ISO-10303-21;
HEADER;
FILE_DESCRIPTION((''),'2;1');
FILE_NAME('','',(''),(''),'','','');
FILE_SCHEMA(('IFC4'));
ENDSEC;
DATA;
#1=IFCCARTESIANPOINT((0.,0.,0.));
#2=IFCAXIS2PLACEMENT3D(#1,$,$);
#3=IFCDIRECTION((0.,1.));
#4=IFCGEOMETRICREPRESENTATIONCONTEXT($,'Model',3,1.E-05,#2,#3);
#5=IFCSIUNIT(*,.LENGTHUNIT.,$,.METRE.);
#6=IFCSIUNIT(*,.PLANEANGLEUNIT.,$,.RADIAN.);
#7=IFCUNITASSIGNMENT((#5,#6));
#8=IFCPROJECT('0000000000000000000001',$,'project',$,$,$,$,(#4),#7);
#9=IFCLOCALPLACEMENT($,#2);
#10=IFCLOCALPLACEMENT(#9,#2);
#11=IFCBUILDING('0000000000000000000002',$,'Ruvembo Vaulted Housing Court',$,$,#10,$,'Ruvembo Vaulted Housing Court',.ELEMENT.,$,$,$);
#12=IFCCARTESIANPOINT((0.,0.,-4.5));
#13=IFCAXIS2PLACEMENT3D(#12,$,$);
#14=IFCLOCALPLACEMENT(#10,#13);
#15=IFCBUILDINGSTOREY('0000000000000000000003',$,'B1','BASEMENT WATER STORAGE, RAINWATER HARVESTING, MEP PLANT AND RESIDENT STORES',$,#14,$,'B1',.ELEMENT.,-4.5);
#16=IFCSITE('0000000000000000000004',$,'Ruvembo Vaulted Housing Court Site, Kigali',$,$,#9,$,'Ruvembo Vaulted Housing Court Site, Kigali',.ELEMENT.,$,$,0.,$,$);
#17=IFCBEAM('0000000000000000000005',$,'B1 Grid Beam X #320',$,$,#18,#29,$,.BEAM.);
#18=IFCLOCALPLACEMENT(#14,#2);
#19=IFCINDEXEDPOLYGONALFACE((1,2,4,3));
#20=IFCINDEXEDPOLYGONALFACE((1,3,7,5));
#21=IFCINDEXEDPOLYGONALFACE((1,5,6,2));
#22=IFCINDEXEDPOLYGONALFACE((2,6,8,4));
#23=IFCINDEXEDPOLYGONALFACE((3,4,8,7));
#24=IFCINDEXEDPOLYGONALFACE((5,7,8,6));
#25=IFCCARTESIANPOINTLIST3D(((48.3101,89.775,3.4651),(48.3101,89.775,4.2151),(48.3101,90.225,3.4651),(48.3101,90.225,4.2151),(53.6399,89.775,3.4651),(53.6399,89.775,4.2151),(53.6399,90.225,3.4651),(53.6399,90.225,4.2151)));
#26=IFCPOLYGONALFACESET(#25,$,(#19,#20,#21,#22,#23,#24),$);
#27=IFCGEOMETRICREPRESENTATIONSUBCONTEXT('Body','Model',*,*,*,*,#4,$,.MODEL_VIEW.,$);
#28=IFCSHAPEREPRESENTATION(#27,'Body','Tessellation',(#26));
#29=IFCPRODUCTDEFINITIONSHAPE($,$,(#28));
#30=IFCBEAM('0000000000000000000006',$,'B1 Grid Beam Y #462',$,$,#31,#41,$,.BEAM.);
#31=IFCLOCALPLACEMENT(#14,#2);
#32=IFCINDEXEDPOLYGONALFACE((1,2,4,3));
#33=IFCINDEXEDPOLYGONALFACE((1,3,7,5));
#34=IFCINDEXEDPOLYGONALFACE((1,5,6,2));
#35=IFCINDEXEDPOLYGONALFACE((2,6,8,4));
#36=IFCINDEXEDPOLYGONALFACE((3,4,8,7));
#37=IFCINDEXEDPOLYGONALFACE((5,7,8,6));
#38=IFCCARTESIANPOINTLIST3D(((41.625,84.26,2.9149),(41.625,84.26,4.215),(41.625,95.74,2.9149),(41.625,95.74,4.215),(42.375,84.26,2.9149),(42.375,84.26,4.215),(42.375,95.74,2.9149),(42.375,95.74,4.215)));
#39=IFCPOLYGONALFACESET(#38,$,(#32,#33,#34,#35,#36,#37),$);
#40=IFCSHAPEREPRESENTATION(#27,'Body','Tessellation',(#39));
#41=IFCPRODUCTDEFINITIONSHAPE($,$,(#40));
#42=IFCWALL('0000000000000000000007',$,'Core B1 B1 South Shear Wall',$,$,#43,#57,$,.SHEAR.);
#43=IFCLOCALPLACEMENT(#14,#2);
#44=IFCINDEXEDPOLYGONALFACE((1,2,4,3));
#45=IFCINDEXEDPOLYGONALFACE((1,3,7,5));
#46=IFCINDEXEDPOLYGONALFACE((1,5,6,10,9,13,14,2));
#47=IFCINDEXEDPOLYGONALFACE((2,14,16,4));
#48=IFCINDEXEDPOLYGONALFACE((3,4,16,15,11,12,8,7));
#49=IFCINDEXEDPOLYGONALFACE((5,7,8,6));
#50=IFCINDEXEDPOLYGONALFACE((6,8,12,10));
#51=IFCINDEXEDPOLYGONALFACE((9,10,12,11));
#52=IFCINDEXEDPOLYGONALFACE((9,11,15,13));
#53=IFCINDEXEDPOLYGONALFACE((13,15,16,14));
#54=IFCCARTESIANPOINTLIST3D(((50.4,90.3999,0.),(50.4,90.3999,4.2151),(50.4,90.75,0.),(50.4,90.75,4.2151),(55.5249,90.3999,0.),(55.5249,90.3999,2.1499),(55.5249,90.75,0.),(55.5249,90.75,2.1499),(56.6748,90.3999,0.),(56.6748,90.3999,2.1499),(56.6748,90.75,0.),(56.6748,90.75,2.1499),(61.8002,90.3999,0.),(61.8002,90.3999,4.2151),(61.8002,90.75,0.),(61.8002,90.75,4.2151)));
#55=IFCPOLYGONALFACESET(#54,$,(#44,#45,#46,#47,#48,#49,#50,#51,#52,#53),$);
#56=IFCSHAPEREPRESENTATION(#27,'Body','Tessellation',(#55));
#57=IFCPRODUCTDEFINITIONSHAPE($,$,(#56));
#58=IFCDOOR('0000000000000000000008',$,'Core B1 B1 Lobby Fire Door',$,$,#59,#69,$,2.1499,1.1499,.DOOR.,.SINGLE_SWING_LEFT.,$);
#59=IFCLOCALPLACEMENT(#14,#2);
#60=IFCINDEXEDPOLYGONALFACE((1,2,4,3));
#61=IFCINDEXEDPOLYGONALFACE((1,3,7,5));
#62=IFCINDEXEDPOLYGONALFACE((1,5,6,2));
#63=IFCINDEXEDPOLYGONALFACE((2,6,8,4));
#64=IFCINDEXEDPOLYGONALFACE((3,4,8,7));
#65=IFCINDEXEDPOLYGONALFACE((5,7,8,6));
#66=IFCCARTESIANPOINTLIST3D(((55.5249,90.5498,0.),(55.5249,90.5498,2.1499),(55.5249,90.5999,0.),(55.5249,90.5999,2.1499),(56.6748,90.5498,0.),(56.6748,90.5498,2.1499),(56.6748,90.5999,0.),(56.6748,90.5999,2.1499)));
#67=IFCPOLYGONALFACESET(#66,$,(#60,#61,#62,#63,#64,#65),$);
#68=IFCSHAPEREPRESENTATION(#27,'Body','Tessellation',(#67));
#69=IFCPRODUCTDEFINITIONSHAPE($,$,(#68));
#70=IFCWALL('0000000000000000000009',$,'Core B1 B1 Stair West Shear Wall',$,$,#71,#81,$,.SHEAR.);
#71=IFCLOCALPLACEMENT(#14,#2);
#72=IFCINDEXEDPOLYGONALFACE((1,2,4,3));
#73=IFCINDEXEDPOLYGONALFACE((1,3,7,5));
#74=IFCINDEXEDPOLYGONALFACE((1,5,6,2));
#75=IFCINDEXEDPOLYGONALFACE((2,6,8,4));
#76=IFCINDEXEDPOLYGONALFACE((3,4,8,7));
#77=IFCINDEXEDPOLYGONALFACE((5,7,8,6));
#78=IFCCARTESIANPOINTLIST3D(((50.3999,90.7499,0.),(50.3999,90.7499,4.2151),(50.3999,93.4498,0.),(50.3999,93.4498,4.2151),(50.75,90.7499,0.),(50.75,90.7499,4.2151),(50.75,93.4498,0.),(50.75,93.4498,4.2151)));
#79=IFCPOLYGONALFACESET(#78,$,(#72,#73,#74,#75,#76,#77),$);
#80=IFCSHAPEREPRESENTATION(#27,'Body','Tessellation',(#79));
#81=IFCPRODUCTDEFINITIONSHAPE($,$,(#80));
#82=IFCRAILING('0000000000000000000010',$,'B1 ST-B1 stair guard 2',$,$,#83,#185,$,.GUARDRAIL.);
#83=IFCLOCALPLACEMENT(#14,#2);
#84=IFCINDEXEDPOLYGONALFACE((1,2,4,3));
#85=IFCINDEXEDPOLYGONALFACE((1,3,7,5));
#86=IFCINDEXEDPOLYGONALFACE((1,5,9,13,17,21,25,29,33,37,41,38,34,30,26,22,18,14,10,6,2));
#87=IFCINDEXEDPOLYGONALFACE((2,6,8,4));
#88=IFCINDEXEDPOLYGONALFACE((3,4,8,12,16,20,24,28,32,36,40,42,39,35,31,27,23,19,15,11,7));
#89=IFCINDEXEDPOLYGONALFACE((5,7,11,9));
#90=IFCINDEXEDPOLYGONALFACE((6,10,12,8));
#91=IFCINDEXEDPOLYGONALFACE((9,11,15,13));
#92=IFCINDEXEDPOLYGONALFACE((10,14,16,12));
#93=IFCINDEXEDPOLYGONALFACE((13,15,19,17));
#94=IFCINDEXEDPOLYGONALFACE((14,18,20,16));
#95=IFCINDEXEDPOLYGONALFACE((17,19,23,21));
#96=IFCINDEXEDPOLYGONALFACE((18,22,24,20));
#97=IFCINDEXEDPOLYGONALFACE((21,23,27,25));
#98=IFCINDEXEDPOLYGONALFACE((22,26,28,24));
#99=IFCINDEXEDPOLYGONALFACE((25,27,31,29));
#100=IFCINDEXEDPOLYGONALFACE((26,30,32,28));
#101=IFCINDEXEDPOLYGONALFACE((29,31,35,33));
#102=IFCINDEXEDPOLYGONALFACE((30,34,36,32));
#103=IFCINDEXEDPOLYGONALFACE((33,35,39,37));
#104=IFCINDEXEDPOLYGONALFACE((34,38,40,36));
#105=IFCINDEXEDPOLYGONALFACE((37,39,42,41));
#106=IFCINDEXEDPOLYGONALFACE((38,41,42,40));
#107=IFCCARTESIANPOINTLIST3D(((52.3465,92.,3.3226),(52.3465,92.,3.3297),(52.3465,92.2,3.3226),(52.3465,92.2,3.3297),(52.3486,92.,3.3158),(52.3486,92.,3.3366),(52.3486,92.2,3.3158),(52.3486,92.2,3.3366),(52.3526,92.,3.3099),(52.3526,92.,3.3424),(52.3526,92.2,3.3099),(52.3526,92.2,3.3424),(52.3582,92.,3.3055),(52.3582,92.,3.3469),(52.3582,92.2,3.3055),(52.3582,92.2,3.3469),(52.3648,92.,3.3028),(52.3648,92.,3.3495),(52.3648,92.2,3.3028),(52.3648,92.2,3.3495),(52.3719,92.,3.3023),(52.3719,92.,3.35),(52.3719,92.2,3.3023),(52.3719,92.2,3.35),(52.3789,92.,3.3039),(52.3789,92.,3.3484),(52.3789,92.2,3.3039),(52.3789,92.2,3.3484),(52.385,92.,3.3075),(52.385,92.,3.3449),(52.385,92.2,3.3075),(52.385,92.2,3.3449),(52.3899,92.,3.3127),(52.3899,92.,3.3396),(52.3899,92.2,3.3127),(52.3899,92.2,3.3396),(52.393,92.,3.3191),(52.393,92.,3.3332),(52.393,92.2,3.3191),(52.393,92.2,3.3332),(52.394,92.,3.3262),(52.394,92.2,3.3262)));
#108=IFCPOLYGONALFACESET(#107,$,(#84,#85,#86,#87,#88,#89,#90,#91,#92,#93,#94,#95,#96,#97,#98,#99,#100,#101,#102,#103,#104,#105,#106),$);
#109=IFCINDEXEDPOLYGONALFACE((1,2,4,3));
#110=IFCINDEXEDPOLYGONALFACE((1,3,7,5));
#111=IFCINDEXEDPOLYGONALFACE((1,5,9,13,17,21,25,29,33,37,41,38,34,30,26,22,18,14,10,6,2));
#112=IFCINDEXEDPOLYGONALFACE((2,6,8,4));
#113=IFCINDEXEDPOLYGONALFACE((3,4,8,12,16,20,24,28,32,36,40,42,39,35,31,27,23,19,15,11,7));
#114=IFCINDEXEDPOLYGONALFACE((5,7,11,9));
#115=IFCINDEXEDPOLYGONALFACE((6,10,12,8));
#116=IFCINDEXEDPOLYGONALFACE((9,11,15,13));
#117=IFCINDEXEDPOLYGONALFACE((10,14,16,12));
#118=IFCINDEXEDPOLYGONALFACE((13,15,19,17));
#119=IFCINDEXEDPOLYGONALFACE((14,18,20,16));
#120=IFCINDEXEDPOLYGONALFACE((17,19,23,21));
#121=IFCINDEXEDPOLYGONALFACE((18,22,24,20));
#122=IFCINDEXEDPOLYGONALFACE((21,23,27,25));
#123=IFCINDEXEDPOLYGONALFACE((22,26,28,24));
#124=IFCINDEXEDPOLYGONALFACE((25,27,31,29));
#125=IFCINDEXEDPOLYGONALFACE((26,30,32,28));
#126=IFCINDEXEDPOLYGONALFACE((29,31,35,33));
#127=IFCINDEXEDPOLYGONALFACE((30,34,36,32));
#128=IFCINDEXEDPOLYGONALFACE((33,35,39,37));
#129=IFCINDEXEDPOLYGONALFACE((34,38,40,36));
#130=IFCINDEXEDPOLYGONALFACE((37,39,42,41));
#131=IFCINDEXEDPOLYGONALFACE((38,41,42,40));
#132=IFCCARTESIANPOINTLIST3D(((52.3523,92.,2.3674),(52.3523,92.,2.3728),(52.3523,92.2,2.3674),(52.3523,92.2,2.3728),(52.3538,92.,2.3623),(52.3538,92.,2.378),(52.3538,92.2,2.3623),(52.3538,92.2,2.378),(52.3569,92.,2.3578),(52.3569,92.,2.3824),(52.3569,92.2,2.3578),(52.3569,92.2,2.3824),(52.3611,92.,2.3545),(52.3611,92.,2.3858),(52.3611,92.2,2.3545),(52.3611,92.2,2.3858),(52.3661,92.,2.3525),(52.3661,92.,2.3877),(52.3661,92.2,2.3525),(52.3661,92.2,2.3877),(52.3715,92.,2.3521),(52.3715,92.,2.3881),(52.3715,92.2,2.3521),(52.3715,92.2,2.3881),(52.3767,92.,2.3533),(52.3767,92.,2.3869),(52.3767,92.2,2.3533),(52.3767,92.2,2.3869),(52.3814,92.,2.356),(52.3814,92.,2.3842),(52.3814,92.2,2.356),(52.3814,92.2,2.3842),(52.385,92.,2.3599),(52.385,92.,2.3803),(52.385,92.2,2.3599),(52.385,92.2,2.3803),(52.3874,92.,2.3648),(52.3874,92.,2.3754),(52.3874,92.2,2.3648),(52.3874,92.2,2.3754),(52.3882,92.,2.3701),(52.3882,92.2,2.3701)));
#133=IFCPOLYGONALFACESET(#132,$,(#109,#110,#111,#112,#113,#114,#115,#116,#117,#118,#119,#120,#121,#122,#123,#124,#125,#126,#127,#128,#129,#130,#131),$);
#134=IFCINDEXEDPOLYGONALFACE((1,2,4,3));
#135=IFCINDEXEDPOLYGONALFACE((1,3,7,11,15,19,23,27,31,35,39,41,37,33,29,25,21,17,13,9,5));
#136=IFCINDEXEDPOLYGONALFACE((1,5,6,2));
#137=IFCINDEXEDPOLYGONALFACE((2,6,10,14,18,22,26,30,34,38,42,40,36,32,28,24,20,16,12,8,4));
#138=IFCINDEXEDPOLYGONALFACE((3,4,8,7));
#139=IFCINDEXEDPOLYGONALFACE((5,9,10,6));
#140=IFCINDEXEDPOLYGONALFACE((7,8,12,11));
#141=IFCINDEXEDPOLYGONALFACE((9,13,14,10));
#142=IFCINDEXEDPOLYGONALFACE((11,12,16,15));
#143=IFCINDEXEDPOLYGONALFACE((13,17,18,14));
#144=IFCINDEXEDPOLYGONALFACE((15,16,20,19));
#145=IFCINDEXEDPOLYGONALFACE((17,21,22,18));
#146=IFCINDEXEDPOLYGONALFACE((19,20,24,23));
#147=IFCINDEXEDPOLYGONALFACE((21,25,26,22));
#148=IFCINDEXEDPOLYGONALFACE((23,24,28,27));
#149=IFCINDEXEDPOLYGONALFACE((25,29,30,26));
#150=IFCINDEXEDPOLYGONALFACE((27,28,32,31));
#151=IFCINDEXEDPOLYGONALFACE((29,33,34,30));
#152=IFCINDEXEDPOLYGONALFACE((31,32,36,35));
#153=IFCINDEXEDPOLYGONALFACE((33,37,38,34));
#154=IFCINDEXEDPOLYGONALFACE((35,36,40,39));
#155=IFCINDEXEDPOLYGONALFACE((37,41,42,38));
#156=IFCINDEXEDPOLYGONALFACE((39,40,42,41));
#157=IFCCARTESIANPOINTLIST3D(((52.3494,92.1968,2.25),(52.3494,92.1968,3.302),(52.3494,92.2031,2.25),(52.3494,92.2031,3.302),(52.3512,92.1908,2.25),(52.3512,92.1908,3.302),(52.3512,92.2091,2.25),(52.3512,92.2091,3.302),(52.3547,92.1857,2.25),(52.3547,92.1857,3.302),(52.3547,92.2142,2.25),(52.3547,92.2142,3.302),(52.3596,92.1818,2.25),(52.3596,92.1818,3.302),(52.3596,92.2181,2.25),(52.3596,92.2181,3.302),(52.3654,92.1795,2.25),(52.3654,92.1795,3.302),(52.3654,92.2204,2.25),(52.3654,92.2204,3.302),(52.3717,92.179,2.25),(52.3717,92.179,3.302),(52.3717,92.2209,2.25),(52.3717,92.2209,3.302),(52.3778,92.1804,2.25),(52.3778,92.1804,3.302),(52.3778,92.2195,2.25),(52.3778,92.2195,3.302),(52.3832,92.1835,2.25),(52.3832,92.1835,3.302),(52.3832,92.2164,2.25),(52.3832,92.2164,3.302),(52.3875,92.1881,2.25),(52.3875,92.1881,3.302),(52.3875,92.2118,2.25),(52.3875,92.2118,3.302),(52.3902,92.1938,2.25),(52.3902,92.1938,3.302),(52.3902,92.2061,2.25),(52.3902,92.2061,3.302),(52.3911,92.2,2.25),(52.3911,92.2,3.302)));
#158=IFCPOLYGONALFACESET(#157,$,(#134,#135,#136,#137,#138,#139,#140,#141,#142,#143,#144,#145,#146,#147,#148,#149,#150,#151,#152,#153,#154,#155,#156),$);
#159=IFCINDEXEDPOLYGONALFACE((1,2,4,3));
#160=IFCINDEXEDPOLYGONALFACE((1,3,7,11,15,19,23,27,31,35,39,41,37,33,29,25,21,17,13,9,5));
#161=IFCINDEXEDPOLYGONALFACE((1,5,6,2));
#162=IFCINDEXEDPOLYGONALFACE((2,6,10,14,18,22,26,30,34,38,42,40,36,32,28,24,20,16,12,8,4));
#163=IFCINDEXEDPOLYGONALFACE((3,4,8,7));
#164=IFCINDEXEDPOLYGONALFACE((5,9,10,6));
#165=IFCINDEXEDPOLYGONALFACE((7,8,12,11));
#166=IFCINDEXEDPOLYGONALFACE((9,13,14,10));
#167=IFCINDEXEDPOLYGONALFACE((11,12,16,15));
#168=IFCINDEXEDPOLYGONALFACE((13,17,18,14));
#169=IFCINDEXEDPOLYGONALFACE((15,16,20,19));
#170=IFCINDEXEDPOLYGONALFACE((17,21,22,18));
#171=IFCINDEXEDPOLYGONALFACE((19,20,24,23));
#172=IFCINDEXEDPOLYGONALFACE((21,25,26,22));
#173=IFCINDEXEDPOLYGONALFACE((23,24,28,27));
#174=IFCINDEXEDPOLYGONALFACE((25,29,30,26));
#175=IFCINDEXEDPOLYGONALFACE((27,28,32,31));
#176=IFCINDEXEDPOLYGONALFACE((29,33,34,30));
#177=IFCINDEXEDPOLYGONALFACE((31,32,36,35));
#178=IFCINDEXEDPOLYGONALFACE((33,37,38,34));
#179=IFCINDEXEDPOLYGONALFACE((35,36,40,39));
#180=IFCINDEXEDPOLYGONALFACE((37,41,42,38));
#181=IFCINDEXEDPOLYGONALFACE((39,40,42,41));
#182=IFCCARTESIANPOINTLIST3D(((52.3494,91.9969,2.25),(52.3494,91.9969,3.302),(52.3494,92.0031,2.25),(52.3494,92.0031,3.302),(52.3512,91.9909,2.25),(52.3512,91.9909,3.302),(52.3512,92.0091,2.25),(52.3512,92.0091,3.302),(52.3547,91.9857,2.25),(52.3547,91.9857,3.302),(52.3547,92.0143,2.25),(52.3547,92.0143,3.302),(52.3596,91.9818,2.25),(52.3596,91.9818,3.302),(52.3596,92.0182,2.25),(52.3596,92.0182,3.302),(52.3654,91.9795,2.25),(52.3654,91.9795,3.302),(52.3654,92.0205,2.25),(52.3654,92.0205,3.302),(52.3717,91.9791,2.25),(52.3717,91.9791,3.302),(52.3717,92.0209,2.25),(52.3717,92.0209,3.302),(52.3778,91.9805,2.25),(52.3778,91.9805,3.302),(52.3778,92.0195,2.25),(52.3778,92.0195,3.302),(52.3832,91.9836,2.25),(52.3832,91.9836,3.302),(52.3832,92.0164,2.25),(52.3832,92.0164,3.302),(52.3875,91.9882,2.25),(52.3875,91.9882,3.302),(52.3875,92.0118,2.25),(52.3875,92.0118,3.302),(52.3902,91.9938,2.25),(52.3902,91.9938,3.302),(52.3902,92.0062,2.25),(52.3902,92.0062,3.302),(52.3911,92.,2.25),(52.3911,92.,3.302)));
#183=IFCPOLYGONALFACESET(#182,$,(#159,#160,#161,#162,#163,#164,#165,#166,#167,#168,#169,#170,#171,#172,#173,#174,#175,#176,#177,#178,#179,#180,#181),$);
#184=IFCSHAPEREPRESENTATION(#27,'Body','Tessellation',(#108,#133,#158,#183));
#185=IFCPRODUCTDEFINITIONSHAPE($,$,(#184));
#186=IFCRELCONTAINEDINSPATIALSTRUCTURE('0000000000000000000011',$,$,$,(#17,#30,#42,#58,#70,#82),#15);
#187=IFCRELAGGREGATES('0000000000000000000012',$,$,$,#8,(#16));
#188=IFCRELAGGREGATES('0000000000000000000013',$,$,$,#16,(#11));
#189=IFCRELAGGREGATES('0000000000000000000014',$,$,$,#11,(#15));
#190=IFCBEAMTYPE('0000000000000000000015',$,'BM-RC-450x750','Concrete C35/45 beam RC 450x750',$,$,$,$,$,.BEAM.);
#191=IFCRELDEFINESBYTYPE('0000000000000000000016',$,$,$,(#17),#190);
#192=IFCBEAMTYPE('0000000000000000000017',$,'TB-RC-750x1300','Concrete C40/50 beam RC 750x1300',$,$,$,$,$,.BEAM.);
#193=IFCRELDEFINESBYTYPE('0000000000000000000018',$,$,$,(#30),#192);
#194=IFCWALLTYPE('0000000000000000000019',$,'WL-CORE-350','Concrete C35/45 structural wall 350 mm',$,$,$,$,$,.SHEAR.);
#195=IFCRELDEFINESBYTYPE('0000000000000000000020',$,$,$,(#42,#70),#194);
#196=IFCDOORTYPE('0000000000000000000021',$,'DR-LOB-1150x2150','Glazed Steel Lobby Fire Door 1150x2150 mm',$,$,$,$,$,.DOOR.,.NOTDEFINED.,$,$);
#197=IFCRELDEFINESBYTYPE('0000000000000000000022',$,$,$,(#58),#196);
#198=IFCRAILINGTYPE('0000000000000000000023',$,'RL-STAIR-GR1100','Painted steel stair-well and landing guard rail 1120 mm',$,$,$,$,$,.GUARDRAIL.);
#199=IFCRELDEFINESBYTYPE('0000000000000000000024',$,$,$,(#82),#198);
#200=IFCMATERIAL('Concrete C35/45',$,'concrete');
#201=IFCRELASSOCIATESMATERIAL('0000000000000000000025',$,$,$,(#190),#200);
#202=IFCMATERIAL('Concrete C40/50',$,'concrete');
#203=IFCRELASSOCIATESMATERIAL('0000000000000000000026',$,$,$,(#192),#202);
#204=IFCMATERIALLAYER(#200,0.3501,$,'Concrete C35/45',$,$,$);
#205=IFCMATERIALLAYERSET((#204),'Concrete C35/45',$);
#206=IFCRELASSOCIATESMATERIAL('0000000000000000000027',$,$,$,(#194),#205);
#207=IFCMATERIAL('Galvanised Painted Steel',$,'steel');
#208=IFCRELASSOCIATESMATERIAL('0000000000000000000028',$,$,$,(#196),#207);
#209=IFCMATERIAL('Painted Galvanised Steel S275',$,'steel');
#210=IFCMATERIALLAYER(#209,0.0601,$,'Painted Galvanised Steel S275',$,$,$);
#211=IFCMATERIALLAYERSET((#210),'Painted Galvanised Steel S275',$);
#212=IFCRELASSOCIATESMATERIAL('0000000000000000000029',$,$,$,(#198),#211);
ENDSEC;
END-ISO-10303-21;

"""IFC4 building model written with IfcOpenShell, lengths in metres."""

from ifc_helpers import new_model, si_unit, direction, frame, frame_2d, origin, origin_2d, place, context, subcontext, project, spatial, rectangle, circle, extrude, material, layer, layer_set, material_profile, profile_set, type_object, element, fill, save


model = new_model("IFC4")

# Units and contexts
model_context = context("Model", 3, precision=1e-05, world=origin(), true_north=direction((0.0, 1.0)))
body_context = subcontext(model_context, "Body", "Model", "MODEL_VIEW")
ifc_project = project(units=[si_unit("LENGTHUNIT", "METRE"), si_unit("PLANEANGLEUNIT", "RADIAN")], contexts=[model_context])

# Site, building, storey
site_placement = place(None, origin())
site = spatial("IfcSite", under=ifc_project, at=site_placement, Name="Ruvembo Vaulted Housing Court Site, Kigali", LongName="Ruvembo Vaulted Housing Court Site, Kigali", CompositionType="ELEMENT", RefElevation=0.0)
building_placement = place(site_placement, origin())
building = spatial("IfcBuilding", under=site, at=building_placement, Name="Ruvembo Vaulted Housing Court", LongName="Ruvembo Vaulted Housing Court", CompositionType="ELEMENT")
storey_placement = place(building_placement, frame((0.0, 0.0, -4.5)))
storey = spatial("IfcBuildingStorey", under=building, at=storey_placement, Name="B1", Description="BASEMENT WATER STORAGE, RAINWATER HARVESTING, MEP PLANT AND RESIDENT STORES", LongName="B1", CompositionType="ELEMENT", Elevation=-4.5)

# Shared definitions
ifc_material_1 = material(Name="Concrete C35/45", Category="concrete")

# Shared definitions
ifc_material_2 = material(Name="Concrete C40/50", Category="concrete")

# Beams
ifc_material_profile_1 = material_profile(ifc_material_1, rectangle(XDim=0.45, YDim=0.75, at=origin_2d()), Name="RC 450x750")
ifc_profile_set_1 = profile_set([ifc_material_profile_1], Name="Concrete C35/45")
beam_type_1 = type_object("IfcBeamType", Name="BM-RC-450x750", Description="Concrete C35/45 beam RC 450x750", PredefinedType="BEAM", material=ifc_profile_set_1)
beam_1_placement = place(storey_placement, frame((48.3101, 90.0, 3.8401), z_axis=(1.0, 0.0, 0.0), x_axis=(0.0, 1.0, 0.0)))
element("IfcBeam", 1, at=beam_1_placement, inside=storey, type_object=beam_type_1, Name="B1 Grid Beam X #320", PredefinedType="BEAM", context=body_context, shape_type="SweptSolid", body=[
    extrude(rectangle(XDim=0.45, YDim=0.75, at=origin_2d()), origin(), (0.0, 0.0, 1.0), 5.3298),
])
ifc_material_profile_2 = material_profile(ifc_material_2, rectangle(XDim=0.75, YDim=1.3, at=origin_2d()), Name="RC 750x1300")
ifc_profile_set_2 = profile_set([ifc_material_profile_2], Name="Concrete C40/50")
beam_type_2 = type_object("IfcBeamType", Name="TB-RC-750x1300", Description="Concrete C40/50 beam RC 750x1300", PredefinedType="BEAM", material=ifc_profile_set_2)
beam_2_placement = place(storey_placement, frame((42.0, 84.26, 3.5649), z_axis=(0.0, 1.0, 0.0), x_axis=(-1.0, 0.0, 0.0)))
element("IfcBeam", 2, at=beam_2_placement, inside=storey, type_object=beam_type_2, Name="B1 Grid Beam Y #462", PredefinedType="BEAM", context=body_context, shape_type="SweptSolid", body=[
    extrude(rectangle(XDim=0.75, YDim=1.3, at=origin_2d()), origin(), (0.0, 0.0, 1.0), 11.48),
])

# Wall, opening, door
ifc_layer_1 = layer(ifc_material_1, 0.3501, Name="Concrete C35/45")
ifc_layer_set_1 = layer_set([ifc_layer_1], Name="Concrete C35/45")
wall_type = type_object("IfcWallType", Name="WL-CORE-350", Description="Concrete C35/45 structural wall 350 mm", PredefinedType="SHEAR", material=ifc_layer_set_1)
wall_1_placement = place(storey_placement, frame((50.3999, 90.575, 0.0), z_axis=(0.0, 0.0, 1.0), x_axis=(1.0, 0.0, 0.0)))
wall_1 = element("IfcWall", 3, at=wall_1_placement, inside=storey, type_object=wall_type, Name="Core B1 B1 South Shear Wall", PredefinedType="SHEAR", context=body_context, shape_type="SweptSolid", body=[
    extrude(rectangle(XDim=11.4001, YDim=0.3501, at=frame_2d((5.7002, 0.0))), origin(), (0.0, 0.0, 1.0), 4.2151),
])
opening_placement = place(wall_1_placement, frame((5.125, 0.0, 0.0)))
opening = element("IfcOpeningElement", 4, at=opening_placement, cuts=wall_1, PredefinedType="OPENING", context=body_context, shape_type="SweptSolid", body=[
    extrude(rectangle(XDim=1.1499, YDim=2.1499, at=frame_2d((0.575, 1.075))), frame((0.0, 0.1851, 0.0), z_axis=(0.0, -1.0, 0.0), x_axis=(1.0, 0.0, 0.0)), (0.0, 0.0, 1.0), 0.3701),
])
ifc_material_3 = material(Name="Galvanised Painted Steel", Category="steel")
door_type = type_object("IfcDoorType", Name="DR-LOB-1150x2150", Description="Glazed Steel Lobby Fire Door 1150x2150 mm", OperationType="NOTDEFINED", PredefinedType="DOOR", material=ifc_material_3)
door_placement = place(opening_placement, origin())
door = element("IfcDoor", 5, at=door_placement, inside=storey, type_object=door_type, Name="Core B1 B1 Lobby Fire Door", OperationType="SINGLE_SWING_LEFT", OverallHeight=2.1499, OverallWidth=1.1499, PredefinedType="DOOR", context=body_context, shape_type="SweptSolid", body=[
    extrude(rectangle(XDim=1.1499, YDim=2.1499, at=frame_2d((0.575, 1.075))), frame((0.0, 0.0249, 0.0), z_axis=(0.0, -1.0, 0.0), x_axis=(1.0, 0.0, 0.0)), (0.0, 0.0, 1.0), 0.05),
])
fill(opening, door)

# Wall
wall_2_placement = place(storey_placement, frame((50.575, 93.45, 0.0), z_axis=(0.0, 0.0, 1.0), x_axis=(0.0, -1.0, 0.0)))
element("IfcWall", 6, at=wall_2_placement, inside=storey, type_object=wall_type, Name="Core B1 B1 Stair West Shear Wall", PredefinedType="SHEAR", context=body_context, shape_type="SweptSolid", body=[
    extrude(rectangle(XDim=2.7, YDim=0.3501, at=frame_2d((1.3501, 0.0))), origin(), (0.0, 0.0, 1.0), 4.2151),
])

# Railing
ifc_material_4 = material(Name="Painted Galvanised Steel S275", Category="steel")
ifc_layer_2 = layer(ifc_material_4, 0.0601, Name="Painted Galvanised Steel S275")
ifc_layer_set_2 = layer_set([ifc_layer_2], Name="Painted Galvanised Steel S275")
railing_type_1 = type_object("IfcRailingType", Name="RL-STAIR-GR1100", Description="Painted steel stair-well and landing guard rail 1120 mm", PredefinedType="GUARDRAIL", material=ifc_layer_set_2)
railing_1_placement = place(storey_placement, frame((52.3701, 92.2, 2.25)))
element("IfcRailing", 7, at=railing_1_placement, inside=storey, type_object=railing_type_1, Name="B1 ST-B1 stair guard 2", PredefinedType="GUARDRAIL", context=body_context, shape_type="SweptSolid", body=[
    extrude(circle(Radius=0.0239, at=origin_2d()), frame((0.0, 0.0, 1.0762), z_axis=(0.0, -1.0, 0.0), x_axis=(1.0, 0.0, 0.0)), (0.0, 0.0, 1.0), 0.2),
    extrude(circle(Radius=0.0181, at=origin_2d()), frame((0.0, 0.0, 0.1201), z_axis=(0.0, -1.0, 0.0), x_axis=(1.0, 0.0, 0.0)), (0.0, 0.0, 1.0), 0.2),
    extrude(circle(Radius=0.021, at=origin_2d()), origin(), (0.0, 0.0, 1.0), 1.052),
    extrude(circle(Radius=0.021, at=origin_2d()), frame((0.0, -0.2, 0.0)), (0.0, 0.0, 1.0), 1.052),
])

save(model, "model.ifc")
